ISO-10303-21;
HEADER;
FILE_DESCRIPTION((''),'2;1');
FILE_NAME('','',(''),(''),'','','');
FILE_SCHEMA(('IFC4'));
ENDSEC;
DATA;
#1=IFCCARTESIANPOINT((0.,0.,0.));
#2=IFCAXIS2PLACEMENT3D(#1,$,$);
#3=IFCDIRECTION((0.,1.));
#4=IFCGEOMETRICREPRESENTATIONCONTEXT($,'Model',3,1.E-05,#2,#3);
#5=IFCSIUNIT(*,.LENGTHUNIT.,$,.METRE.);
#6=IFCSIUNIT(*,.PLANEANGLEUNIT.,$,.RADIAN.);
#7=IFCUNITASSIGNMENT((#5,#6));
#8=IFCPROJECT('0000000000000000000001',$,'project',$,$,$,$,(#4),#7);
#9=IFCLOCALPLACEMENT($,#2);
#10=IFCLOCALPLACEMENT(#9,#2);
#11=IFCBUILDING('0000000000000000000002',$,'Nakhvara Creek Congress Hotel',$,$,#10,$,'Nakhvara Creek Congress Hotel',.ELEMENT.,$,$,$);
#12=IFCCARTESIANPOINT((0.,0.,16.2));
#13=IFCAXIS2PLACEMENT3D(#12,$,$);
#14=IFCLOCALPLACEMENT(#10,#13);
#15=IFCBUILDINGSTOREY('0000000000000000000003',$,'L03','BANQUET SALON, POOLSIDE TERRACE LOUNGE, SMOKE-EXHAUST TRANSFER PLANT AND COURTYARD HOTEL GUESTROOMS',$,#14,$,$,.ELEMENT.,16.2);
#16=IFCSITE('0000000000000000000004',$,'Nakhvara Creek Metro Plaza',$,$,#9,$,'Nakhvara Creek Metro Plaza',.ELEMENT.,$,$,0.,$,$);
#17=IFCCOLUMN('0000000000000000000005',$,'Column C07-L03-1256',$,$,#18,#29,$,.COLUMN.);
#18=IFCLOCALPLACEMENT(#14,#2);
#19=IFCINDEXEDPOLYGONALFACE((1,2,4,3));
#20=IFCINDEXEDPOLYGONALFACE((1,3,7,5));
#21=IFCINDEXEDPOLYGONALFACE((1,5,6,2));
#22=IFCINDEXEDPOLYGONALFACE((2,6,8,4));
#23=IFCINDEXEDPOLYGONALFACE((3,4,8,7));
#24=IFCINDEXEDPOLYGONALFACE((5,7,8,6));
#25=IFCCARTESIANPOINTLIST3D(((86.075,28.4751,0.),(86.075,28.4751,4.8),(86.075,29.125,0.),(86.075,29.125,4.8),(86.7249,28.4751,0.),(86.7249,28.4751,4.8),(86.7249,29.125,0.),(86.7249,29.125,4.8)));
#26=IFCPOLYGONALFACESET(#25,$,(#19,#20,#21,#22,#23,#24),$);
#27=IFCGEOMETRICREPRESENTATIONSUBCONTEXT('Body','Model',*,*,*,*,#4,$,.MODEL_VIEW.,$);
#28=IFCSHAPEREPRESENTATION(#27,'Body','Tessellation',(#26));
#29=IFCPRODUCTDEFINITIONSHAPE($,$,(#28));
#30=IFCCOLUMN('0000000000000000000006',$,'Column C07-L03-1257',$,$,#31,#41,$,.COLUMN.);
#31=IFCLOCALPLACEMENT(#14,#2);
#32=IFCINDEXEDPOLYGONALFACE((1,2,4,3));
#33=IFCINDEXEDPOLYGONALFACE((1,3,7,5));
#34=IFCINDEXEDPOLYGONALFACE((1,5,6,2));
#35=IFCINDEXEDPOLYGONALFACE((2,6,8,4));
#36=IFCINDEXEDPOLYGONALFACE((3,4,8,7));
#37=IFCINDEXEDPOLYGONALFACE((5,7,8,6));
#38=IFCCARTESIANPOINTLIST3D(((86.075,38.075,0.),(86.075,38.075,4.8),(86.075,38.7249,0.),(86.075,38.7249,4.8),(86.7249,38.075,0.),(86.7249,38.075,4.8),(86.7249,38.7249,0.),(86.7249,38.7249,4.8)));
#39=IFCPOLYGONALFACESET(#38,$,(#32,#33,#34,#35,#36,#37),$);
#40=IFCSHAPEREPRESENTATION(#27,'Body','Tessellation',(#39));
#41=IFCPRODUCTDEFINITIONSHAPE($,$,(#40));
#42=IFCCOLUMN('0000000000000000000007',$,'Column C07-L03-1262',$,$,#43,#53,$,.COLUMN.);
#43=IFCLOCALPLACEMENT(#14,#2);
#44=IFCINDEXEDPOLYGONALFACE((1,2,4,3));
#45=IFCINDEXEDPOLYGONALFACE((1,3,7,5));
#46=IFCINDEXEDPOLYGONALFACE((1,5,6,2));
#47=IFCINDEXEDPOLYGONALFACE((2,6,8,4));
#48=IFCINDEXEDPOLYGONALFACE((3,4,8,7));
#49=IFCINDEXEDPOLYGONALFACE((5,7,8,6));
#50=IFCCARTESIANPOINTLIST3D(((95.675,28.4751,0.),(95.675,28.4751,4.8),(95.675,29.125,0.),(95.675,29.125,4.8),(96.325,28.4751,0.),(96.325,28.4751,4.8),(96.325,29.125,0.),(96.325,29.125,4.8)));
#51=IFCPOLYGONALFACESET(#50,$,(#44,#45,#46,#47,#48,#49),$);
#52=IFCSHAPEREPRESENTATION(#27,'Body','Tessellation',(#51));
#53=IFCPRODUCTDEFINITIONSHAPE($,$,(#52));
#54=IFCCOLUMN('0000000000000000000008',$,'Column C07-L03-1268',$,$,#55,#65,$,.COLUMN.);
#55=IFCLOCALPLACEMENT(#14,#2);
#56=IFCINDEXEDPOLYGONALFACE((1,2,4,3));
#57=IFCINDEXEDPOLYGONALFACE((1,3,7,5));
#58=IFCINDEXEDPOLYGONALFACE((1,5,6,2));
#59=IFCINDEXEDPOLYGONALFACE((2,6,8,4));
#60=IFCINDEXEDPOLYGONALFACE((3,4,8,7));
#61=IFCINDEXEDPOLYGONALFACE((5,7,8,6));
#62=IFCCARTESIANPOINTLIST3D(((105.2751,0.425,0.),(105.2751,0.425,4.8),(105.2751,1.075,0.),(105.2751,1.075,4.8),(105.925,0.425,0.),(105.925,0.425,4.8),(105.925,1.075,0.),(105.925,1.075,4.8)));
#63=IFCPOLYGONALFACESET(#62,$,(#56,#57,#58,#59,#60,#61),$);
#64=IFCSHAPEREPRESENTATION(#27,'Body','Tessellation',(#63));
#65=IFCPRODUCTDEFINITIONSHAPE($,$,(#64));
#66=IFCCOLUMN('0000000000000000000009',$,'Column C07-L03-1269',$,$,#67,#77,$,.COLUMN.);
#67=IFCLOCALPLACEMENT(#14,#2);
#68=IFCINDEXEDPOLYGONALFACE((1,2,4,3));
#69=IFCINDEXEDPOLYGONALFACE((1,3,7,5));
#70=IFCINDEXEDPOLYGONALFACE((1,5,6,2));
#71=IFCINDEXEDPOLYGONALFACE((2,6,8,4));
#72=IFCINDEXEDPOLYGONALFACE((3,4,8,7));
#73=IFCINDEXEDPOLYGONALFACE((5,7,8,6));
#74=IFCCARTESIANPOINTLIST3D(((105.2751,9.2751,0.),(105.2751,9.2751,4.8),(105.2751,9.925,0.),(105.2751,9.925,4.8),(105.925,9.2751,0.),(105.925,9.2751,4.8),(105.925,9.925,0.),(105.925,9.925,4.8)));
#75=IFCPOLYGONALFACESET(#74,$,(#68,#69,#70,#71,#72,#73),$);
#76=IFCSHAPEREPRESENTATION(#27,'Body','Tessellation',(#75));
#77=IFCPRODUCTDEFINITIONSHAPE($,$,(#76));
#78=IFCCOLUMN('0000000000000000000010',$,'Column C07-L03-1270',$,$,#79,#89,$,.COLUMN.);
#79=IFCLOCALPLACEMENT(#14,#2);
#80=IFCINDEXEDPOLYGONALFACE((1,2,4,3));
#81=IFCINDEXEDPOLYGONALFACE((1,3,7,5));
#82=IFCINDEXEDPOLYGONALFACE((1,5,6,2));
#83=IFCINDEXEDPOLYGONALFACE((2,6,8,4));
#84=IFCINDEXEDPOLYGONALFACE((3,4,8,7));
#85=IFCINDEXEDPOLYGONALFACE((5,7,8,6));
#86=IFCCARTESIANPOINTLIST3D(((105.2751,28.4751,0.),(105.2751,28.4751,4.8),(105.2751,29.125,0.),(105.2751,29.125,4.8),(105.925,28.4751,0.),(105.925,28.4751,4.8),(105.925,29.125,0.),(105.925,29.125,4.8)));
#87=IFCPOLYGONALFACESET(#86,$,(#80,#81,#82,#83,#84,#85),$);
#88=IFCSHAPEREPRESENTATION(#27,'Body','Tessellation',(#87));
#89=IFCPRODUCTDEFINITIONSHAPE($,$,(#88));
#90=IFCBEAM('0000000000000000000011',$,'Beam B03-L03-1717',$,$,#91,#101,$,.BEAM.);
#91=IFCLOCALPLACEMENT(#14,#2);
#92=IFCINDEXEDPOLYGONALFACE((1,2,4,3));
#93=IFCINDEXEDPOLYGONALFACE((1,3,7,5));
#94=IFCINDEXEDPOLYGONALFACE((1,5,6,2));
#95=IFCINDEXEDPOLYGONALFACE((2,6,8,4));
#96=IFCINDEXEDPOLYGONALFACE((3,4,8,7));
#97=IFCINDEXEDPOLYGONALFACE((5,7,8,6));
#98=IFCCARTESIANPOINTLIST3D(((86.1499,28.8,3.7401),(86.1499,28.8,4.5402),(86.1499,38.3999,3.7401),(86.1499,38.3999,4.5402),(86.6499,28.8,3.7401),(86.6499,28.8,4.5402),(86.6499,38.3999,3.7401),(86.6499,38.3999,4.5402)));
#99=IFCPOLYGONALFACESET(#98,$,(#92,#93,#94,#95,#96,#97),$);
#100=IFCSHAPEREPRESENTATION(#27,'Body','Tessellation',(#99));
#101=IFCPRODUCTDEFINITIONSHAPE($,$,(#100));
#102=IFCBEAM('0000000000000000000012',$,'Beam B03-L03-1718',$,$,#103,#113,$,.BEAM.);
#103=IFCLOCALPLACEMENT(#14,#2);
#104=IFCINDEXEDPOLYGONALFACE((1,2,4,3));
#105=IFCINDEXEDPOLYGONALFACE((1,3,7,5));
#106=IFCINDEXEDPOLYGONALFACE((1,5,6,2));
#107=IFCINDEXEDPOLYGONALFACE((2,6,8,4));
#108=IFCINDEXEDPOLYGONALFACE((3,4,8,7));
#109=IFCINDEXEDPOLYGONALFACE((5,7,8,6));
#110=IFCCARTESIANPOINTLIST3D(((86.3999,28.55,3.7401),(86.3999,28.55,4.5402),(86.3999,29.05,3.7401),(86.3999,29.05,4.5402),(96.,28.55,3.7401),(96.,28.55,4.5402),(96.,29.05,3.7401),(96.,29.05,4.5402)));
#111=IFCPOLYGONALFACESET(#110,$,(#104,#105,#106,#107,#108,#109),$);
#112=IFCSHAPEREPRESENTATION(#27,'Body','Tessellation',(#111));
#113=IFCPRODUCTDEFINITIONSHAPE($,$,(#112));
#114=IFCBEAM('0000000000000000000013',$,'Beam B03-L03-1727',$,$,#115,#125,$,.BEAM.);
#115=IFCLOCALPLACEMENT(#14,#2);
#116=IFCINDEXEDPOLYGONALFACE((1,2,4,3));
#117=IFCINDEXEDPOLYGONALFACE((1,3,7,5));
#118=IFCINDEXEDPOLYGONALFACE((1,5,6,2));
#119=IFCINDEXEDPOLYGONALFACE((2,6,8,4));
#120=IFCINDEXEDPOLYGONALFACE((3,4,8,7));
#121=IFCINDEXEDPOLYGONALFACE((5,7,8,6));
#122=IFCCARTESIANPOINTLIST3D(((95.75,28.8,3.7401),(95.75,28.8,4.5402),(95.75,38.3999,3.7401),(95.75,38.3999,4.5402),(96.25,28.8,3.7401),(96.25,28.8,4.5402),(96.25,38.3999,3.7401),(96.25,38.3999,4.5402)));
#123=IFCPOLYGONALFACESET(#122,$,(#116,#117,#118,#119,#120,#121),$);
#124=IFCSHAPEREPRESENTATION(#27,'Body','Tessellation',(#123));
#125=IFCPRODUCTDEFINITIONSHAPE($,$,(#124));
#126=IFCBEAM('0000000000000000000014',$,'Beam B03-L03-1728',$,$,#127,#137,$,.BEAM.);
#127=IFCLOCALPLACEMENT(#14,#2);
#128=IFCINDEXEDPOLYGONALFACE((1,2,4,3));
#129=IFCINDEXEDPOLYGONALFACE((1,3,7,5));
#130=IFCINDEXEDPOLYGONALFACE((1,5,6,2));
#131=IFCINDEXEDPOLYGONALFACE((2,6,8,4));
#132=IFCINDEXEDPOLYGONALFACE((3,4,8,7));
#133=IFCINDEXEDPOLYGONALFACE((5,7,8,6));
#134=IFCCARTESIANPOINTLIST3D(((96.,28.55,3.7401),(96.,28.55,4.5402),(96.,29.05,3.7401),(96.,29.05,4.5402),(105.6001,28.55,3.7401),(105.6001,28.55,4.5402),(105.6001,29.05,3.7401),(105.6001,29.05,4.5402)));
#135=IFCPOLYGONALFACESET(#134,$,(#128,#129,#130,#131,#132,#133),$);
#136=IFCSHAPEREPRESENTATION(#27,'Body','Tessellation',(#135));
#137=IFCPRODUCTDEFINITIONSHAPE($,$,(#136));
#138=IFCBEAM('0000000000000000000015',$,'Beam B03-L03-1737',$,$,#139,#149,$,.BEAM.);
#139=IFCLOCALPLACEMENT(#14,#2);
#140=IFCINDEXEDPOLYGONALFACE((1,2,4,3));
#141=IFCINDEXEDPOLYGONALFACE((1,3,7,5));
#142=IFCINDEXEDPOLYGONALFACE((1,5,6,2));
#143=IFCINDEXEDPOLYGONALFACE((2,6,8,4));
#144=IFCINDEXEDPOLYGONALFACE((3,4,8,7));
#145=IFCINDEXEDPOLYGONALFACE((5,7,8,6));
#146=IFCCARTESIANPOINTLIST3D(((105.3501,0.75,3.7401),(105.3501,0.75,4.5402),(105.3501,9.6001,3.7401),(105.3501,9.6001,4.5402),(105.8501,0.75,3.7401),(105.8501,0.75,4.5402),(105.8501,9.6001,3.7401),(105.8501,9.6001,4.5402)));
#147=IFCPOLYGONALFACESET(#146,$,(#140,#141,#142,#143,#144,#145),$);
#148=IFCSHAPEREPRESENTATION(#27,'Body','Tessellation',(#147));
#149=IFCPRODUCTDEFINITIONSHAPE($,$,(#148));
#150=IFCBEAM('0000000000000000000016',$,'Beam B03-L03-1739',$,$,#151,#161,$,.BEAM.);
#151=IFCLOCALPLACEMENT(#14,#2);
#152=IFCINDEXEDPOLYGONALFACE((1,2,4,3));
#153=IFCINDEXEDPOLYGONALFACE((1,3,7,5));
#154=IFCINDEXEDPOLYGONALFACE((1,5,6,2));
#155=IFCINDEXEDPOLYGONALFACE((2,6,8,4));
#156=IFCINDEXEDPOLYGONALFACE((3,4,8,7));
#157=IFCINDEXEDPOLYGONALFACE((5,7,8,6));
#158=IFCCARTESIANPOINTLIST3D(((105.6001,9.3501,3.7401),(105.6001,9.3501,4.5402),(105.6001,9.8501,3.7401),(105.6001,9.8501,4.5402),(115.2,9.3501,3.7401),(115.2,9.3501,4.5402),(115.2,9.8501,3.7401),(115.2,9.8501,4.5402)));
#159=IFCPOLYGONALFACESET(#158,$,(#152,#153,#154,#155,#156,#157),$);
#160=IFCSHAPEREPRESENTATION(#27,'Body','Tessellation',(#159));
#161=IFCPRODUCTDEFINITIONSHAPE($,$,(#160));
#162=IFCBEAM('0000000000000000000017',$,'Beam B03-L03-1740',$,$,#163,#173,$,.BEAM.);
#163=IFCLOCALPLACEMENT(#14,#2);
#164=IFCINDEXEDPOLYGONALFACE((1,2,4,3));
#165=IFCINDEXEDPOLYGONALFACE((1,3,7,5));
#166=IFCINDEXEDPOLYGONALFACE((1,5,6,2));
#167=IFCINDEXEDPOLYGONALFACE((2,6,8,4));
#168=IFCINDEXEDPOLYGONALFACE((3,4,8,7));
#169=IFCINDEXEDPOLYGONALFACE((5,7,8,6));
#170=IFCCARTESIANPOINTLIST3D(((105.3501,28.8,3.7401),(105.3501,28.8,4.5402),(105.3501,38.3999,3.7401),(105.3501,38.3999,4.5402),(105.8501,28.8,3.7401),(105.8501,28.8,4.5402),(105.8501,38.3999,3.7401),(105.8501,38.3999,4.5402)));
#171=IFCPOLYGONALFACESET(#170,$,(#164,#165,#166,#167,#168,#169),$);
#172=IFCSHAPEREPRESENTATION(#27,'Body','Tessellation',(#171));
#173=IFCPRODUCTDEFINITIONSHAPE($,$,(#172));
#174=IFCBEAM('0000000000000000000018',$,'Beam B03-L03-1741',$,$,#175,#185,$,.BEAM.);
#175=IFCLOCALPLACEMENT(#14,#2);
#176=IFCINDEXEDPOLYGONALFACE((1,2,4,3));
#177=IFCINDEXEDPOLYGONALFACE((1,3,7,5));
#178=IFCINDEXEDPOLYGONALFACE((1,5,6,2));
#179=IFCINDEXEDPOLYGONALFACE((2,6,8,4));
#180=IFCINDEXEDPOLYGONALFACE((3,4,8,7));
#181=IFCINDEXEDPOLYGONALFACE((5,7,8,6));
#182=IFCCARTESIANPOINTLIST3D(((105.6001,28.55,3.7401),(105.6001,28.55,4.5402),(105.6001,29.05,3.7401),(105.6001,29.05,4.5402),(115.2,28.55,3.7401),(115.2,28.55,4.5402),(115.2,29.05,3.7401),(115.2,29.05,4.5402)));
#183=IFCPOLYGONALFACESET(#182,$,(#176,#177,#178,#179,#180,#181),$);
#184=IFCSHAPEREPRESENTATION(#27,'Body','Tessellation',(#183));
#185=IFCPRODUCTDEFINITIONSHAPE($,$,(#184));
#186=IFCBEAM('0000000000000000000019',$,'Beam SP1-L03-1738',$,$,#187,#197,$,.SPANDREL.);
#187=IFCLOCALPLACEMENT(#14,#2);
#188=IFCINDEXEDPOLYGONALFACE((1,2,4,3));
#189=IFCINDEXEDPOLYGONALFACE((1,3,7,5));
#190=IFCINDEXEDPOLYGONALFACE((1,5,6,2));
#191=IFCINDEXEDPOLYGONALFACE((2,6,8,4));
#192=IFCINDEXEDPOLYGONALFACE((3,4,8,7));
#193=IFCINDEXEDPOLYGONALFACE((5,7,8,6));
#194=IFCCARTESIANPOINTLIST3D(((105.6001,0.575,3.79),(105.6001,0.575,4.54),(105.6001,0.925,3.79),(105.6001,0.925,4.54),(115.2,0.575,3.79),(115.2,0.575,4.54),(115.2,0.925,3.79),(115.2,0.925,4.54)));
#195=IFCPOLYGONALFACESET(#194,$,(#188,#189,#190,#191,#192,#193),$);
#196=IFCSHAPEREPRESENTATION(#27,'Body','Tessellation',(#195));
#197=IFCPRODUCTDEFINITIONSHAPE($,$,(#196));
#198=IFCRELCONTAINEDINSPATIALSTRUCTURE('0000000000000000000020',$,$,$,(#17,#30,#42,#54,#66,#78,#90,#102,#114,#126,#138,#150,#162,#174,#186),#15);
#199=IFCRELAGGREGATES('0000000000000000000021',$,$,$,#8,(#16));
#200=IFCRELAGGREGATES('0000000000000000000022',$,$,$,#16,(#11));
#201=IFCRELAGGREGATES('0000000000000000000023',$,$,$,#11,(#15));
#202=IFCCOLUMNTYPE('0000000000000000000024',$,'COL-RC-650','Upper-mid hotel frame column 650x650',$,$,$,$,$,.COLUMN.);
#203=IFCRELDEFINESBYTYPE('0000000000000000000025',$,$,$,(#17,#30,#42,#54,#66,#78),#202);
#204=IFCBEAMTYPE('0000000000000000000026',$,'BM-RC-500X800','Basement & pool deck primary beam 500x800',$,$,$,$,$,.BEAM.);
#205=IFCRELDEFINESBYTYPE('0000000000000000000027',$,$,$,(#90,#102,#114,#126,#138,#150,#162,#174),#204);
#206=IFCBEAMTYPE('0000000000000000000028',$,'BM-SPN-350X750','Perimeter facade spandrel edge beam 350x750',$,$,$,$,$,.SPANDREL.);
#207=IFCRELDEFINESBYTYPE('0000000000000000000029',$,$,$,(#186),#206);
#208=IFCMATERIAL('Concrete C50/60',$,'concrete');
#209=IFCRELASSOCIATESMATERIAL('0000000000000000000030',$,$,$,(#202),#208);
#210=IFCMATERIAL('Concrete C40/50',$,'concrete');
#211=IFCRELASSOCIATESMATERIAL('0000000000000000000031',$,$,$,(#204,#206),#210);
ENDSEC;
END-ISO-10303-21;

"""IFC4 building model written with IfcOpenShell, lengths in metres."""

from ifc_helpers import new_model, si_unit, direction, frame, origin, origin_2d, place, context, subcontext, project, spatial, rectangle, extrude, material, material_profile, profile_set, type_object, element, save


model = new_model("IFC4")

# Units and contexts
model_context = context("Model", 3, precision=1e-05, world=origin(), true_north=direction((0.0, 1.0)))
body_context = subcontext(model_context, "Body", "Model", "MODEL_VIEW")
ifc_project = project(units=[si_unit("LENGTHUNIT", "METRE"), si_unit("PLANEANGLEUNIT", "RADIAN")], contexts=[model_context])

# Site, building, storey
site_placement = place(None, origin())
site = spatial("IfcSite", under=ifc_project, at=site_placement, Name="Nakhvara Creek Metro Plaza", LongName="Nakhvara Creek Metro Plaza", CompositionType="ELEMENT", RefElevation=0.0)
building_placement = place(site_placement, origin())
building = spatial("IfcBuilding", under=site, at=building_placement, Name="Nakhvara Creek Congress Hotel", LongName="Nakhvara Creek Congress Hotel", CompositionType="ELEMENT")
storey_placement = place(building_placement, frame((0.0, 0.0, 16.2)))
storey = spatial("IfcBuildingStorey", under=building, at=storey_placement, Name="L03", Description="BANQUET SALON, POOLSIDE TERRACE LOUNGE, SMOKE-EXHAUST TRANSFER PLANT AND COURTYARD HOTEL GUESTROOMS", CompositionType="ELEMENT", Elevation=16.2)

# Columns
ifc_material_1 = material(Name="Concrete C50/60", Category="concrete")
ifc_material_profile_1 = material_profile(ifc_material_1, rectangle(XDim=0.6499, YDim=0.6499, at=origin_2d()), Name="RC-COL 650x650", Category="LoadBearing")
ifc_profile_set_1 = profile_set([ifc_material_profile_1], Name="Concrete C50/60")
column_type = type_object("IfcColumnType", Name="COL-RC-650", Description="Upper-mid hotel frame column 650x650", PredefinedType="COLUMN", material=ifc_profile_set_1)
for number, where, z_axis, x_axis, name in (
    (1, (86.3999, 28.8, 0.0), (0.0, 0.0, 1.0), (1.0, 0.0, 0.0), "Column C07-L03-1256"),
    (2, (86.3999, 38.3999, 0.0), (0.0, 0.0, 1.0), (1.0, 0.0, 0.0), "Column C07-L03-1257"),
    (3, (96.0, 28.8, 0.0), (0.0, 0.0, 1.0), (1.0, 0.0, 0.0), "Column C07-L03-1262"),
    (4, (105.6001, 0.75, 0.0), (0.0, 0.0, 1.0), (1.0, 0.0, 0.0), "Column C07-L03-1268"),
    (5, (105.6001, 9.6001, 0.0), (0.0, 0.0, 1.0), (1.0, 0.0, 0.0), "Column C07-L03-1269"),
    (6, (105.6001, 28.8, 0.0), (0.0, 0.0, 1.0), (1.0, 0.0, 0.0), "Column C07-L03-1270"),
):
    element("IfcColumn", number, at=place(storey_placement, frame(where, z_axis=z_axis, x_axis=x_axis)), inside=storey, type_object=column_type, Name=name, PredefinedType="COLUMN", context=body_context, shape_type="SweptSolid", body=[
        extrude(rectangle(XDim=0.6499, YDim=0.6499, at=origin_2d()), origin(), (0.0, 0.0, 1.0), 4.8),
    ])

# Beams
ifc_material_2 = material(Name="Concrete C40/50", Category="concrete")
ifc_material_profile_2 = material_profile(ifc_material_2, rectangle(XDim=0.5, YDim=0.8, at=origin_2d()), Name="RC-BM 500x800", Category="LoadBearing")
ifc_profile_set_2 = profile_set([ifc_material_profile_2], Name="Concrete C40/50")
beam_type_1 = type_object("IfcBeamType", Name="BM-RC-500X800", Description="Basement & pool deck primary beam 500x800", PredefinedType="BEAM", material=ifc_profile_set_2)
beam_1_placement = place(storey_placement, frame((86.3999, 28.8, 4.1401), z_axis=(0.0, 1.0, 0.0), x_axis=(-1.0, 0.0, 0.0)))
element("IfcBeam", 7, at=beam_1_placement, inside=storey, type_object=beam_type_1, Name="Beam B03-L03-1717", PredefinedType="BEAM", context=body_context, shape_type="SweptSolid", body=[
    extrude(rectangle(XDim=0.5, YDim=0.8, at=origin_2d()), origin(), (0.0, 0.0, 1.0), 9.5999),
])
beam_2_placement = place(storey_placement, frame((86.3999, 28.8, 4.1401), z_axis=(1.0, 0.0, 0.0), x_axis=(0.0, 1.0, 0.0)))
element("IfcBeam", 8, at=beam_2_placement, inside=storey, type_object=beam_type_1, Name="Beam B03-L03-1718", PredefinedType="BEAM", context=body_context, shape_type="SweptSolid", body=[
    extrude(rectangle(XDim=0.5, YDim=0.8, at=origin_2d()), origin(), (0.0, 0.0, 1.0), 9.6001),
])
beam_3_placement = place(storey_placement, frame((96.0, 28.8, 4.1401), z_axis=(0.0, 1.0, 0.0), x_axis=(-1.0, 0.0, 0.0)))
element("IfcBeam", 9, at=beam_3_placement, inside=storey, type_object=beam_type_1, Name="Beam B03-L03-1727", PredefinedType="BEAM", context=body_context, shape_type="SweptSolid", body=[
    extrude(rectangle(XDim=0.5, YDim=0.8, at=origin_2d()), origin(), (0.0, 0.0, 1.0), 9.5999),
])
beam_4_placement = place(storey_placement, frame((96.0, 28.8, 4.1401), z_axis=(1.0, 0.0, 0.0), x_axis=(0.0, 1.0, 0.0)))
element("IfcBeam", 10, at=beam_4_placement, inside=storey, type_object=beam_type_1, Name="Beam B03-L03-1728", PredefinedType="BEAM", context=body_context, shape_type="SweptSolid", body=[
    extrude(rectangle(XDim=0.5, YDim=0.8, at=origin_2d()), origin(), (0.0, 0.0, 1.0), 9.6001),
])
beam_5_placement = place(storey_placement, frame((105.6001, 0.75, 4.1401), z_axis=(0.0, 1.0, 0.0), x_axis=(-1.0, 0.0, 0.0)))
element("IfcBeam", 11, at=beam_5_placement, inside=storey, type_object=beam_type_1, Name="Beam B03-L03-1737", PredefinedType="BEAM", context=body_context, shape_type="SweptSolid", body=[
    extrude(rectangle(XDim=0.5, YDim=0.8, at=origin_2d()), origin(), (0.0, 0.0, 1.0), 8.8501),
])
for number, where, z_axis, x_axis, name in (
    (12, (105.6001, 9.6001, 4.1401), (1.0, 0.0, 0.0), (0.0, 1.0, 0.0), "Beam B03-L03-1739"),
    (13, (105.6001, 28.8, 4.1401), (0.0, 1.0, 0.0), (-1.0, 0.0, 0.0), "Beam B03-L03-1740"),
    (14, (105.6001, 28.8, 4.1401), (1.0, 0.0, 0.0), (0.0, 1.0, 0.0), "Beam B03-L03-1741"),
):
    element("IfcBeam", number, at=place(storey_placement, frame(where, z_axis=z_axis, x_axis=x_axis)), inside=storey, type_object=beam_type_1, Name=name, PredefinedType="BEAM", context=body_context, shape_type="SweptSolid", body=[
        extrude(rectangle(XDim=0.5, YDim=0.8, at=origin_2d()), origin(), (0.0, 0.0, 1.0), 9.5999),
    ])
ifc_material_profile_3 = material_profile(ifc_material_2, rectangle(XDim=0.3501, YDim=0.75, at=origin_2d()), Name="RC-SPANDREL 350x750", Category="LoadBearing")
ifc_profile_set_3 = profile_set([ifc_material_profile_3], Name="Concrete C40/50")
beam_type_2 = type_object("IfcBeamType", Name="BM-SPN-350X750", Description="Perimeter facade spandrel edge beam 350x750", PredefinedType="SPANDREL", material=ifc_profile_set_3)
beam_6_placement = place(storey_placement, frame((105.6001, 0.75, 4.165), z_axis=(1.0, 0.0, 0.0), x_axis=(0.0, 1.0, 0.0)))
element("IfcBeam", 15, at=beam_6_placement, inside=storey, type_object=beam_type_2, Name="Beam SP1-L03-1738", PredefinedType="SPANDREL", context=body_context, shape_type="SweptSolid", body=[
    extrude(rectangle(XDim=0.3501, YDim=0.75, at=origin_2d()), origin(), (0.0, 0.0, 1.0), 9.5999),
])

save(model, "model.ifc")
